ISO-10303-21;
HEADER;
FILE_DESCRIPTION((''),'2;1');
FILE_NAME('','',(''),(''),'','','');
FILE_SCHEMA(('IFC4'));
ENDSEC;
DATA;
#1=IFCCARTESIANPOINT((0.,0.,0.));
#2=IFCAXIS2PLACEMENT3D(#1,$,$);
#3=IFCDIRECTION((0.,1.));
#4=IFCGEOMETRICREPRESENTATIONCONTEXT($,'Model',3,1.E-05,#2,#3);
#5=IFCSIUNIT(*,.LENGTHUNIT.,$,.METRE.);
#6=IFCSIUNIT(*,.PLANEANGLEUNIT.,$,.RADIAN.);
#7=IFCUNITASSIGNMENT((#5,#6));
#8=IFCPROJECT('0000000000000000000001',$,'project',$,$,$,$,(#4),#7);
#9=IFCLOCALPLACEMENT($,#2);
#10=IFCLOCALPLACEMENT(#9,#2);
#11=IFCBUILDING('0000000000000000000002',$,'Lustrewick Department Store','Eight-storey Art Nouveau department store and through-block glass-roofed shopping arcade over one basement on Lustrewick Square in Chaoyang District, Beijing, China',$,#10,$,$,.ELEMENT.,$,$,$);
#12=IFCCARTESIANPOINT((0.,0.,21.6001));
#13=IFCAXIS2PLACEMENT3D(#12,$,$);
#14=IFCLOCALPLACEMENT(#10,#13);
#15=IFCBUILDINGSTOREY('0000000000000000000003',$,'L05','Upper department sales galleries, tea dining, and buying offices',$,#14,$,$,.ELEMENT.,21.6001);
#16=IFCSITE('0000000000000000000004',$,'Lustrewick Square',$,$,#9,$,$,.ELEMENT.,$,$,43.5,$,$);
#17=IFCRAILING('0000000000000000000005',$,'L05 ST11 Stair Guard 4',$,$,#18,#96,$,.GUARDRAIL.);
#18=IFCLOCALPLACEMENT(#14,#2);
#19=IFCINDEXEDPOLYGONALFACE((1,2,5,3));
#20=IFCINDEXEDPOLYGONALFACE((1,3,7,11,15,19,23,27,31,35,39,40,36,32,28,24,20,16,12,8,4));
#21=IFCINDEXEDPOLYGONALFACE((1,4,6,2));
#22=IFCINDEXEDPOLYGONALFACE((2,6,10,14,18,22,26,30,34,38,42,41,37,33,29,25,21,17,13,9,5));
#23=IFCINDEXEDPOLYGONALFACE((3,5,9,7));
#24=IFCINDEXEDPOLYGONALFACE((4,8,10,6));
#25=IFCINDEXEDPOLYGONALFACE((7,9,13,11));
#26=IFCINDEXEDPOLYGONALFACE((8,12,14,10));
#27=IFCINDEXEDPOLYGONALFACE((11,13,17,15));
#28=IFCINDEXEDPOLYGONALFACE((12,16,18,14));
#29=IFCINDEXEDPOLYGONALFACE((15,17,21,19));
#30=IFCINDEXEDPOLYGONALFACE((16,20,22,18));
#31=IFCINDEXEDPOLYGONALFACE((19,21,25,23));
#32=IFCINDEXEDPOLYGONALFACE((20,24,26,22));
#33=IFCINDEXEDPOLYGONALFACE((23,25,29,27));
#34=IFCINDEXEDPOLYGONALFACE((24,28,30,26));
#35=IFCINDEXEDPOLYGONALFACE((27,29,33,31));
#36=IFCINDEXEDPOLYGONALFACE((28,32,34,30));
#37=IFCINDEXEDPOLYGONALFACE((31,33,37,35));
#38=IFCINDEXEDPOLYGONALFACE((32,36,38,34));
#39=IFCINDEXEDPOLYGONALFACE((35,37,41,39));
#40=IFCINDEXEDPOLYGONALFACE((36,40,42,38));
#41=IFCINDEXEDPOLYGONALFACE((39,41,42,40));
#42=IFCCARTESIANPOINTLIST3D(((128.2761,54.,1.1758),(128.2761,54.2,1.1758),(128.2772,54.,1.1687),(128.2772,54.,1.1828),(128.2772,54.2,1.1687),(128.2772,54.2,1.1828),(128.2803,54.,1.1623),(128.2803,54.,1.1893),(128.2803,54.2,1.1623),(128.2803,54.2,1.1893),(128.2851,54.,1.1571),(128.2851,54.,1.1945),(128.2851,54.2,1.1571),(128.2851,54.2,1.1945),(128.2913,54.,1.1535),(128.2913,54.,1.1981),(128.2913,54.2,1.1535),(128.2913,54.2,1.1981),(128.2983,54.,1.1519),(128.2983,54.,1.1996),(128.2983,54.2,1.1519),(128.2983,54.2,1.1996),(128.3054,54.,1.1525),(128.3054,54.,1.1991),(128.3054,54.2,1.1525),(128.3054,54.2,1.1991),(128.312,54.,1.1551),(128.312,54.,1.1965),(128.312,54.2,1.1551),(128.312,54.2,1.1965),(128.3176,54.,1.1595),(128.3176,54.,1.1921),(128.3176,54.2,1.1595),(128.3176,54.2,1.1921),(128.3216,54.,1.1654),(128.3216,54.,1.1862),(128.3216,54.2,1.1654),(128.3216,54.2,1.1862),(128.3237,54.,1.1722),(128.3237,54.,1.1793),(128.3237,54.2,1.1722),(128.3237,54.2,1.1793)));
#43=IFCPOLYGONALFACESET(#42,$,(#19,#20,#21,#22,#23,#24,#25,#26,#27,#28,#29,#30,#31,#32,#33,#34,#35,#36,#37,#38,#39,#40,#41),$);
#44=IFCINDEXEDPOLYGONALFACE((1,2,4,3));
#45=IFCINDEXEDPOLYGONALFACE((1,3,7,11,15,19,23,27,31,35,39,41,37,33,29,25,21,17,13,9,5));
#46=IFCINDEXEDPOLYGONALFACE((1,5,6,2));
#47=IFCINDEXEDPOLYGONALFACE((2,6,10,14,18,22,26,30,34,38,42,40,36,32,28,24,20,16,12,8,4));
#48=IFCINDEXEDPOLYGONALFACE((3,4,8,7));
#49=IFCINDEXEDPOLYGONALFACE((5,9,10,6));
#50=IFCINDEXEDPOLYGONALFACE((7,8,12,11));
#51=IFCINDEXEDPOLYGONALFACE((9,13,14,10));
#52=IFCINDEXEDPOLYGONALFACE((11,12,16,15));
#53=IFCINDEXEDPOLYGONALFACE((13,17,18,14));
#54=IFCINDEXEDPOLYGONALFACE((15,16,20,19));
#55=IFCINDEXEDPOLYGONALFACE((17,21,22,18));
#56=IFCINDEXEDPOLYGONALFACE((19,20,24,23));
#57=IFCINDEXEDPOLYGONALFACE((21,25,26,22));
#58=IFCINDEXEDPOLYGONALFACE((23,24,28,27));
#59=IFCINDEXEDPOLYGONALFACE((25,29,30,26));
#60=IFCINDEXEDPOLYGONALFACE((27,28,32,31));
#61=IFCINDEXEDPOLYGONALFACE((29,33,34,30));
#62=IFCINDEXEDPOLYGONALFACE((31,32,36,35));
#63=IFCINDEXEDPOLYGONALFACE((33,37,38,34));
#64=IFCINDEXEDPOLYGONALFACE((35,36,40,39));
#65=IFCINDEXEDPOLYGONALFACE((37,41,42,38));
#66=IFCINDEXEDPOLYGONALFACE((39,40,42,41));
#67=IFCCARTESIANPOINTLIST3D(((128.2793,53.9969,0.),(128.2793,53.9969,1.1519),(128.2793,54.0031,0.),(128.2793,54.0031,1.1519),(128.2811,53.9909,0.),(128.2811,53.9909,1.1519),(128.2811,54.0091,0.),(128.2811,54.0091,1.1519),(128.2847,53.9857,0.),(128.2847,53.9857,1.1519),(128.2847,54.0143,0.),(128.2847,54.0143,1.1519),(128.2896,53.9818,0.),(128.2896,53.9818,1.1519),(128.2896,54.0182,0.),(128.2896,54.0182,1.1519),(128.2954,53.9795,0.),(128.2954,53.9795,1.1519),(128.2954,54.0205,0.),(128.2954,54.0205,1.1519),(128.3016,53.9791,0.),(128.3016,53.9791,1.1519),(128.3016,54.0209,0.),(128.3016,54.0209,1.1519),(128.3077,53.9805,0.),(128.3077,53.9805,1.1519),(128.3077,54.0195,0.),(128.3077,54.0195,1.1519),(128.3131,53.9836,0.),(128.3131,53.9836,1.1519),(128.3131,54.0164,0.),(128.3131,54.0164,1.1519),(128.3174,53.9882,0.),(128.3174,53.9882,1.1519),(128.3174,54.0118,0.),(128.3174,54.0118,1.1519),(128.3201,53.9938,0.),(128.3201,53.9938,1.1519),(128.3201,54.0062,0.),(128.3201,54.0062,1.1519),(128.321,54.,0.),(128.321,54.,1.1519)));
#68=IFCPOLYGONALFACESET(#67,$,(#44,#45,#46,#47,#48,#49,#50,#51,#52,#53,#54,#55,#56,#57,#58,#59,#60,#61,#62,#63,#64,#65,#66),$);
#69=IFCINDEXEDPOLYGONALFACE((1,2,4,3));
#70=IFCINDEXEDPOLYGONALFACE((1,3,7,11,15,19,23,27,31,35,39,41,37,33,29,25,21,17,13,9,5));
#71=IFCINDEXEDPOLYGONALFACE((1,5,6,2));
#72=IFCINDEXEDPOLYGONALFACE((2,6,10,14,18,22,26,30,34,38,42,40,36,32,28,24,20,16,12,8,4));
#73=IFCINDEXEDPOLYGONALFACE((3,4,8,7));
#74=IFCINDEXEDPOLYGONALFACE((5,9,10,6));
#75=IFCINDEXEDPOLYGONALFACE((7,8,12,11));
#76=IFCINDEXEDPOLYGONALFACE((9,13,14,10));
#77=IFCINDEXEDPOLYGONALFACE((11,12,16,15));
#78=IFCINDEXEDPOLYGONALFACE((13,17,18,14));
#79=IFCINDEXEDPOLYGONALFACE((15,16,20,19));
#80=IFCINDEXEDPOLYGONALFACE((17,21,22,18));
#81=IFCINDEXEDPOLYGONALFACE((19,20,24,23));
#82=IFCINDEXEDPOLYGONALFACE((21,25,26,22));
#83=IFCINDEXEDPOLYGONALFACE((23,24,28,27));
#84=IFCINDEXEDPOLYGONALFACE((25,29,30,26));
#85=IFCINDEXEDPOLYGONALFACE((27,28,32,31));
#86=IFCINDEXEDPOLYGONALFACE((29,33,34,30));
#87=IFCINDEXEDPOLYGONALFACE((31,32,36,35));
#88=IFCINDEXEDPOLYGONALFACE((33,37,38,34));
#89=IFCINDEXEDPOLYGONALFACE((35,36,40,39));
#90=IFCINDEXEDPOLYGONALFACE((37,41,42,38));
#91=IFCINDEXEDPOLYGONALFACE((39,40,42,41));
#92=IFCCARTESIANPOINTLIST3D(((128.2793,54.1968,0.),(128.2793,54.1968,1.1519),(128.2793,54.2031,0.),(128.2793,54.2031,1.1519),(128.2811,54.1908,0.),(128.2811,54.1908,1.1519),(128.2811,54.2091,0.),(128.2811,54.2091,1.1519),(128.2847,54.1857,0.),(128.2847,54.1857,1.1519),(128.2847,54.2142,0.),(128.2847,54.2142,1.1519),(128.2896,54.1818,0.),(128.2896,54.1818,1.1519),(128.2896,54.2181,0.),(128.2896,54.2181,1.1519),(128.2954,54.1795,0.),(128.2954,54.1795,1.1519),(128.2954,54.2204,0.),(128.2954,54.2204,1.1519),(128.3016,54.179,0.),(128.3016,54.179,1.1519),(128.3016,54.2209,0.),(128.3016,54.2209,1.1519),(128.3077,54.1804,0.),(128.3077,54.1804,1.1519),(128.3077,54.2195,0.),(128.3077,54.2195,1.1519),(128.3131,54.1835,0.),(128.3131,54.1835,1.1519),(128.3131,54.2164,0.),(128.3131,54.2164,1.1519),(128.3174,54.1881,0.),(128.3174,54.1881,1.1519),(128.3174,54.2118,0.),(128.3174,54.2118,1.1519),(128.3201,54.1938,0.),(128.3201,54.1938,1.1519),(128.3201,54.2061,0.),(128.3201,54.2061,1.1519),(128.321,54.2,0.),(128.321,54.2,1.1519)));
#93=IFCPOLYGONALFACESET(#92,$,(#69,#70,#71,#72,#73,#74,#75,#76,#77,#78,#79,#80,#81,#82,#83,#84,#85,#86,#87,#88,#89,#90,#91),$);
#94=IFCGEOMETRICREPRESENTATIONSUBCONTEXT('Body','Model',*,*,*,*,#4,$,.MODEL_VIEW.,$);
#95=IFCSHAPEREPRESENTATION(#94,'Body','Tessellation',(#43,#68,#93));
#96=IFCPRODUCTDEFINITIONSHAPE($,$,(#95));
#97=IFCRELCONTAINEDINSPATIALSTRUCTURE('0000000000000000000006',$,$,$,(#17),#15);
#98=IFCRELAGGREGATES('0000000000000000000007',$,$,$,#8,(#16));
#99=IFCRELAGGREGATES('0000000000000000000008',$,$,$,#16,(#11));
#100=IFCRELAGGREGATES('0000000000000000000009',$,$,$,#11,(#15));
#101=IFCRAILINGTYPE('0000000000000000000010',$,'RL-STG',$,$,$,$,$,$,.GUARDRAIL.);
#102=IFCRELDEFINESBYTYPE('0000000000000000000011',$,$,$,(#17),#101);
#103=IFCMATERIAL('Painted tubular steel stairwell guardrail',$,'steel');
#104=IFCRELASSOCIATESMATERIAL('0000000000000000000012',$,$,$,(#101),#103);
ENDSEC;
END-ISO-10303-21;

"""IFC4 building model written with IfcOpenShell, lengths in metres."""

from ifc_helpers import new_model, si_unit, direction, frame, origin, origin_2d, place, context, subcontext, project, spatial, circle, extrude, material, type_object, element, save


model = new_model("IFC4")

# Units and contexts
model_context = context("Model", 3, precision=1e-05, world=origin(), true_north=direction((0.0, 1.0)))
body_context = subcontext(model_context, "Body", "Model", "MODEL_VIEW")
ifc_project = project(units=[si_unit("LENGTHUNIT", "METRE"), si_unit("PLANEANGLEUNIT", "RADIAN")], contexts=[model_context])

# Site, building, storey
site_placement = place(None, origin())
site = spatial("IfcSite", under=ifc_project, at=site_placement, Name="Lustrewick Square", CompositionType="ELEMENT", RefElevation=43.5)
building_placement = place(site_placement, origin())
building = spatial("IfcBuilding", under=site, at=building_placement, Name="Lustrewick Department Store", Description="Eight-storey Art Nouveau department store and through-block glass-roofed shopping arcade over one basement on Lustrewick Square in Chaoyang District, Beijing, China", CompositionType="ELEMENT")
storey_placement = place(building_placement, frame((0.0, 0.0, 21.6001)))
storey = spatial("IfcBuildingStorey", under=building, at=storey_placement, Name="L05", Description="Upper department sales galleries, tea dining, and buying offices", CompositionType="ELEMENT", Elevation=21.6001)

# Railing
ifc_material_1 = material(Name="Painted tubular steel stairwell guardrail", Category="steel")
railing_type_1 = type_object("IfcRailingType", Name="RL-STG", PredefinedType="GUARDRAIL", material=ifc_material_1)
railing_1_placement = place(storey_placement, frame((128.3, 54.0, 0.0)))
element("IfcRailing", 1, at=railing_1_placement, inside=storey, type_object=railing_type_1, Name="L05 ST11 Stair Guard 4", PredefinedType="GUARDRAIL", context=body_context, shape_type="SweptSolid", body=[
    extrude(circle(Radius=0.0239, at=origin_2d()), frame((0.0, 0.0, 1.1758), z_axis=(0.0, 1.0, 0.0), x_axis=(-1.0, 0.0, 0.0)), (0.0, 0.0, 1.0), 0.2),
    extrude(circle(Radius=0.021, at=origin_2d()), origin(), (0.0, 0.0, 1.0), 1.1519),
    extrude(circle(Radius=0.021, at=origin_2d()), frame((0.0, 0.2, 0.0)), (0.0, 0.0, 1.0), 1.1519),
])

save(model, "model.ifc")
